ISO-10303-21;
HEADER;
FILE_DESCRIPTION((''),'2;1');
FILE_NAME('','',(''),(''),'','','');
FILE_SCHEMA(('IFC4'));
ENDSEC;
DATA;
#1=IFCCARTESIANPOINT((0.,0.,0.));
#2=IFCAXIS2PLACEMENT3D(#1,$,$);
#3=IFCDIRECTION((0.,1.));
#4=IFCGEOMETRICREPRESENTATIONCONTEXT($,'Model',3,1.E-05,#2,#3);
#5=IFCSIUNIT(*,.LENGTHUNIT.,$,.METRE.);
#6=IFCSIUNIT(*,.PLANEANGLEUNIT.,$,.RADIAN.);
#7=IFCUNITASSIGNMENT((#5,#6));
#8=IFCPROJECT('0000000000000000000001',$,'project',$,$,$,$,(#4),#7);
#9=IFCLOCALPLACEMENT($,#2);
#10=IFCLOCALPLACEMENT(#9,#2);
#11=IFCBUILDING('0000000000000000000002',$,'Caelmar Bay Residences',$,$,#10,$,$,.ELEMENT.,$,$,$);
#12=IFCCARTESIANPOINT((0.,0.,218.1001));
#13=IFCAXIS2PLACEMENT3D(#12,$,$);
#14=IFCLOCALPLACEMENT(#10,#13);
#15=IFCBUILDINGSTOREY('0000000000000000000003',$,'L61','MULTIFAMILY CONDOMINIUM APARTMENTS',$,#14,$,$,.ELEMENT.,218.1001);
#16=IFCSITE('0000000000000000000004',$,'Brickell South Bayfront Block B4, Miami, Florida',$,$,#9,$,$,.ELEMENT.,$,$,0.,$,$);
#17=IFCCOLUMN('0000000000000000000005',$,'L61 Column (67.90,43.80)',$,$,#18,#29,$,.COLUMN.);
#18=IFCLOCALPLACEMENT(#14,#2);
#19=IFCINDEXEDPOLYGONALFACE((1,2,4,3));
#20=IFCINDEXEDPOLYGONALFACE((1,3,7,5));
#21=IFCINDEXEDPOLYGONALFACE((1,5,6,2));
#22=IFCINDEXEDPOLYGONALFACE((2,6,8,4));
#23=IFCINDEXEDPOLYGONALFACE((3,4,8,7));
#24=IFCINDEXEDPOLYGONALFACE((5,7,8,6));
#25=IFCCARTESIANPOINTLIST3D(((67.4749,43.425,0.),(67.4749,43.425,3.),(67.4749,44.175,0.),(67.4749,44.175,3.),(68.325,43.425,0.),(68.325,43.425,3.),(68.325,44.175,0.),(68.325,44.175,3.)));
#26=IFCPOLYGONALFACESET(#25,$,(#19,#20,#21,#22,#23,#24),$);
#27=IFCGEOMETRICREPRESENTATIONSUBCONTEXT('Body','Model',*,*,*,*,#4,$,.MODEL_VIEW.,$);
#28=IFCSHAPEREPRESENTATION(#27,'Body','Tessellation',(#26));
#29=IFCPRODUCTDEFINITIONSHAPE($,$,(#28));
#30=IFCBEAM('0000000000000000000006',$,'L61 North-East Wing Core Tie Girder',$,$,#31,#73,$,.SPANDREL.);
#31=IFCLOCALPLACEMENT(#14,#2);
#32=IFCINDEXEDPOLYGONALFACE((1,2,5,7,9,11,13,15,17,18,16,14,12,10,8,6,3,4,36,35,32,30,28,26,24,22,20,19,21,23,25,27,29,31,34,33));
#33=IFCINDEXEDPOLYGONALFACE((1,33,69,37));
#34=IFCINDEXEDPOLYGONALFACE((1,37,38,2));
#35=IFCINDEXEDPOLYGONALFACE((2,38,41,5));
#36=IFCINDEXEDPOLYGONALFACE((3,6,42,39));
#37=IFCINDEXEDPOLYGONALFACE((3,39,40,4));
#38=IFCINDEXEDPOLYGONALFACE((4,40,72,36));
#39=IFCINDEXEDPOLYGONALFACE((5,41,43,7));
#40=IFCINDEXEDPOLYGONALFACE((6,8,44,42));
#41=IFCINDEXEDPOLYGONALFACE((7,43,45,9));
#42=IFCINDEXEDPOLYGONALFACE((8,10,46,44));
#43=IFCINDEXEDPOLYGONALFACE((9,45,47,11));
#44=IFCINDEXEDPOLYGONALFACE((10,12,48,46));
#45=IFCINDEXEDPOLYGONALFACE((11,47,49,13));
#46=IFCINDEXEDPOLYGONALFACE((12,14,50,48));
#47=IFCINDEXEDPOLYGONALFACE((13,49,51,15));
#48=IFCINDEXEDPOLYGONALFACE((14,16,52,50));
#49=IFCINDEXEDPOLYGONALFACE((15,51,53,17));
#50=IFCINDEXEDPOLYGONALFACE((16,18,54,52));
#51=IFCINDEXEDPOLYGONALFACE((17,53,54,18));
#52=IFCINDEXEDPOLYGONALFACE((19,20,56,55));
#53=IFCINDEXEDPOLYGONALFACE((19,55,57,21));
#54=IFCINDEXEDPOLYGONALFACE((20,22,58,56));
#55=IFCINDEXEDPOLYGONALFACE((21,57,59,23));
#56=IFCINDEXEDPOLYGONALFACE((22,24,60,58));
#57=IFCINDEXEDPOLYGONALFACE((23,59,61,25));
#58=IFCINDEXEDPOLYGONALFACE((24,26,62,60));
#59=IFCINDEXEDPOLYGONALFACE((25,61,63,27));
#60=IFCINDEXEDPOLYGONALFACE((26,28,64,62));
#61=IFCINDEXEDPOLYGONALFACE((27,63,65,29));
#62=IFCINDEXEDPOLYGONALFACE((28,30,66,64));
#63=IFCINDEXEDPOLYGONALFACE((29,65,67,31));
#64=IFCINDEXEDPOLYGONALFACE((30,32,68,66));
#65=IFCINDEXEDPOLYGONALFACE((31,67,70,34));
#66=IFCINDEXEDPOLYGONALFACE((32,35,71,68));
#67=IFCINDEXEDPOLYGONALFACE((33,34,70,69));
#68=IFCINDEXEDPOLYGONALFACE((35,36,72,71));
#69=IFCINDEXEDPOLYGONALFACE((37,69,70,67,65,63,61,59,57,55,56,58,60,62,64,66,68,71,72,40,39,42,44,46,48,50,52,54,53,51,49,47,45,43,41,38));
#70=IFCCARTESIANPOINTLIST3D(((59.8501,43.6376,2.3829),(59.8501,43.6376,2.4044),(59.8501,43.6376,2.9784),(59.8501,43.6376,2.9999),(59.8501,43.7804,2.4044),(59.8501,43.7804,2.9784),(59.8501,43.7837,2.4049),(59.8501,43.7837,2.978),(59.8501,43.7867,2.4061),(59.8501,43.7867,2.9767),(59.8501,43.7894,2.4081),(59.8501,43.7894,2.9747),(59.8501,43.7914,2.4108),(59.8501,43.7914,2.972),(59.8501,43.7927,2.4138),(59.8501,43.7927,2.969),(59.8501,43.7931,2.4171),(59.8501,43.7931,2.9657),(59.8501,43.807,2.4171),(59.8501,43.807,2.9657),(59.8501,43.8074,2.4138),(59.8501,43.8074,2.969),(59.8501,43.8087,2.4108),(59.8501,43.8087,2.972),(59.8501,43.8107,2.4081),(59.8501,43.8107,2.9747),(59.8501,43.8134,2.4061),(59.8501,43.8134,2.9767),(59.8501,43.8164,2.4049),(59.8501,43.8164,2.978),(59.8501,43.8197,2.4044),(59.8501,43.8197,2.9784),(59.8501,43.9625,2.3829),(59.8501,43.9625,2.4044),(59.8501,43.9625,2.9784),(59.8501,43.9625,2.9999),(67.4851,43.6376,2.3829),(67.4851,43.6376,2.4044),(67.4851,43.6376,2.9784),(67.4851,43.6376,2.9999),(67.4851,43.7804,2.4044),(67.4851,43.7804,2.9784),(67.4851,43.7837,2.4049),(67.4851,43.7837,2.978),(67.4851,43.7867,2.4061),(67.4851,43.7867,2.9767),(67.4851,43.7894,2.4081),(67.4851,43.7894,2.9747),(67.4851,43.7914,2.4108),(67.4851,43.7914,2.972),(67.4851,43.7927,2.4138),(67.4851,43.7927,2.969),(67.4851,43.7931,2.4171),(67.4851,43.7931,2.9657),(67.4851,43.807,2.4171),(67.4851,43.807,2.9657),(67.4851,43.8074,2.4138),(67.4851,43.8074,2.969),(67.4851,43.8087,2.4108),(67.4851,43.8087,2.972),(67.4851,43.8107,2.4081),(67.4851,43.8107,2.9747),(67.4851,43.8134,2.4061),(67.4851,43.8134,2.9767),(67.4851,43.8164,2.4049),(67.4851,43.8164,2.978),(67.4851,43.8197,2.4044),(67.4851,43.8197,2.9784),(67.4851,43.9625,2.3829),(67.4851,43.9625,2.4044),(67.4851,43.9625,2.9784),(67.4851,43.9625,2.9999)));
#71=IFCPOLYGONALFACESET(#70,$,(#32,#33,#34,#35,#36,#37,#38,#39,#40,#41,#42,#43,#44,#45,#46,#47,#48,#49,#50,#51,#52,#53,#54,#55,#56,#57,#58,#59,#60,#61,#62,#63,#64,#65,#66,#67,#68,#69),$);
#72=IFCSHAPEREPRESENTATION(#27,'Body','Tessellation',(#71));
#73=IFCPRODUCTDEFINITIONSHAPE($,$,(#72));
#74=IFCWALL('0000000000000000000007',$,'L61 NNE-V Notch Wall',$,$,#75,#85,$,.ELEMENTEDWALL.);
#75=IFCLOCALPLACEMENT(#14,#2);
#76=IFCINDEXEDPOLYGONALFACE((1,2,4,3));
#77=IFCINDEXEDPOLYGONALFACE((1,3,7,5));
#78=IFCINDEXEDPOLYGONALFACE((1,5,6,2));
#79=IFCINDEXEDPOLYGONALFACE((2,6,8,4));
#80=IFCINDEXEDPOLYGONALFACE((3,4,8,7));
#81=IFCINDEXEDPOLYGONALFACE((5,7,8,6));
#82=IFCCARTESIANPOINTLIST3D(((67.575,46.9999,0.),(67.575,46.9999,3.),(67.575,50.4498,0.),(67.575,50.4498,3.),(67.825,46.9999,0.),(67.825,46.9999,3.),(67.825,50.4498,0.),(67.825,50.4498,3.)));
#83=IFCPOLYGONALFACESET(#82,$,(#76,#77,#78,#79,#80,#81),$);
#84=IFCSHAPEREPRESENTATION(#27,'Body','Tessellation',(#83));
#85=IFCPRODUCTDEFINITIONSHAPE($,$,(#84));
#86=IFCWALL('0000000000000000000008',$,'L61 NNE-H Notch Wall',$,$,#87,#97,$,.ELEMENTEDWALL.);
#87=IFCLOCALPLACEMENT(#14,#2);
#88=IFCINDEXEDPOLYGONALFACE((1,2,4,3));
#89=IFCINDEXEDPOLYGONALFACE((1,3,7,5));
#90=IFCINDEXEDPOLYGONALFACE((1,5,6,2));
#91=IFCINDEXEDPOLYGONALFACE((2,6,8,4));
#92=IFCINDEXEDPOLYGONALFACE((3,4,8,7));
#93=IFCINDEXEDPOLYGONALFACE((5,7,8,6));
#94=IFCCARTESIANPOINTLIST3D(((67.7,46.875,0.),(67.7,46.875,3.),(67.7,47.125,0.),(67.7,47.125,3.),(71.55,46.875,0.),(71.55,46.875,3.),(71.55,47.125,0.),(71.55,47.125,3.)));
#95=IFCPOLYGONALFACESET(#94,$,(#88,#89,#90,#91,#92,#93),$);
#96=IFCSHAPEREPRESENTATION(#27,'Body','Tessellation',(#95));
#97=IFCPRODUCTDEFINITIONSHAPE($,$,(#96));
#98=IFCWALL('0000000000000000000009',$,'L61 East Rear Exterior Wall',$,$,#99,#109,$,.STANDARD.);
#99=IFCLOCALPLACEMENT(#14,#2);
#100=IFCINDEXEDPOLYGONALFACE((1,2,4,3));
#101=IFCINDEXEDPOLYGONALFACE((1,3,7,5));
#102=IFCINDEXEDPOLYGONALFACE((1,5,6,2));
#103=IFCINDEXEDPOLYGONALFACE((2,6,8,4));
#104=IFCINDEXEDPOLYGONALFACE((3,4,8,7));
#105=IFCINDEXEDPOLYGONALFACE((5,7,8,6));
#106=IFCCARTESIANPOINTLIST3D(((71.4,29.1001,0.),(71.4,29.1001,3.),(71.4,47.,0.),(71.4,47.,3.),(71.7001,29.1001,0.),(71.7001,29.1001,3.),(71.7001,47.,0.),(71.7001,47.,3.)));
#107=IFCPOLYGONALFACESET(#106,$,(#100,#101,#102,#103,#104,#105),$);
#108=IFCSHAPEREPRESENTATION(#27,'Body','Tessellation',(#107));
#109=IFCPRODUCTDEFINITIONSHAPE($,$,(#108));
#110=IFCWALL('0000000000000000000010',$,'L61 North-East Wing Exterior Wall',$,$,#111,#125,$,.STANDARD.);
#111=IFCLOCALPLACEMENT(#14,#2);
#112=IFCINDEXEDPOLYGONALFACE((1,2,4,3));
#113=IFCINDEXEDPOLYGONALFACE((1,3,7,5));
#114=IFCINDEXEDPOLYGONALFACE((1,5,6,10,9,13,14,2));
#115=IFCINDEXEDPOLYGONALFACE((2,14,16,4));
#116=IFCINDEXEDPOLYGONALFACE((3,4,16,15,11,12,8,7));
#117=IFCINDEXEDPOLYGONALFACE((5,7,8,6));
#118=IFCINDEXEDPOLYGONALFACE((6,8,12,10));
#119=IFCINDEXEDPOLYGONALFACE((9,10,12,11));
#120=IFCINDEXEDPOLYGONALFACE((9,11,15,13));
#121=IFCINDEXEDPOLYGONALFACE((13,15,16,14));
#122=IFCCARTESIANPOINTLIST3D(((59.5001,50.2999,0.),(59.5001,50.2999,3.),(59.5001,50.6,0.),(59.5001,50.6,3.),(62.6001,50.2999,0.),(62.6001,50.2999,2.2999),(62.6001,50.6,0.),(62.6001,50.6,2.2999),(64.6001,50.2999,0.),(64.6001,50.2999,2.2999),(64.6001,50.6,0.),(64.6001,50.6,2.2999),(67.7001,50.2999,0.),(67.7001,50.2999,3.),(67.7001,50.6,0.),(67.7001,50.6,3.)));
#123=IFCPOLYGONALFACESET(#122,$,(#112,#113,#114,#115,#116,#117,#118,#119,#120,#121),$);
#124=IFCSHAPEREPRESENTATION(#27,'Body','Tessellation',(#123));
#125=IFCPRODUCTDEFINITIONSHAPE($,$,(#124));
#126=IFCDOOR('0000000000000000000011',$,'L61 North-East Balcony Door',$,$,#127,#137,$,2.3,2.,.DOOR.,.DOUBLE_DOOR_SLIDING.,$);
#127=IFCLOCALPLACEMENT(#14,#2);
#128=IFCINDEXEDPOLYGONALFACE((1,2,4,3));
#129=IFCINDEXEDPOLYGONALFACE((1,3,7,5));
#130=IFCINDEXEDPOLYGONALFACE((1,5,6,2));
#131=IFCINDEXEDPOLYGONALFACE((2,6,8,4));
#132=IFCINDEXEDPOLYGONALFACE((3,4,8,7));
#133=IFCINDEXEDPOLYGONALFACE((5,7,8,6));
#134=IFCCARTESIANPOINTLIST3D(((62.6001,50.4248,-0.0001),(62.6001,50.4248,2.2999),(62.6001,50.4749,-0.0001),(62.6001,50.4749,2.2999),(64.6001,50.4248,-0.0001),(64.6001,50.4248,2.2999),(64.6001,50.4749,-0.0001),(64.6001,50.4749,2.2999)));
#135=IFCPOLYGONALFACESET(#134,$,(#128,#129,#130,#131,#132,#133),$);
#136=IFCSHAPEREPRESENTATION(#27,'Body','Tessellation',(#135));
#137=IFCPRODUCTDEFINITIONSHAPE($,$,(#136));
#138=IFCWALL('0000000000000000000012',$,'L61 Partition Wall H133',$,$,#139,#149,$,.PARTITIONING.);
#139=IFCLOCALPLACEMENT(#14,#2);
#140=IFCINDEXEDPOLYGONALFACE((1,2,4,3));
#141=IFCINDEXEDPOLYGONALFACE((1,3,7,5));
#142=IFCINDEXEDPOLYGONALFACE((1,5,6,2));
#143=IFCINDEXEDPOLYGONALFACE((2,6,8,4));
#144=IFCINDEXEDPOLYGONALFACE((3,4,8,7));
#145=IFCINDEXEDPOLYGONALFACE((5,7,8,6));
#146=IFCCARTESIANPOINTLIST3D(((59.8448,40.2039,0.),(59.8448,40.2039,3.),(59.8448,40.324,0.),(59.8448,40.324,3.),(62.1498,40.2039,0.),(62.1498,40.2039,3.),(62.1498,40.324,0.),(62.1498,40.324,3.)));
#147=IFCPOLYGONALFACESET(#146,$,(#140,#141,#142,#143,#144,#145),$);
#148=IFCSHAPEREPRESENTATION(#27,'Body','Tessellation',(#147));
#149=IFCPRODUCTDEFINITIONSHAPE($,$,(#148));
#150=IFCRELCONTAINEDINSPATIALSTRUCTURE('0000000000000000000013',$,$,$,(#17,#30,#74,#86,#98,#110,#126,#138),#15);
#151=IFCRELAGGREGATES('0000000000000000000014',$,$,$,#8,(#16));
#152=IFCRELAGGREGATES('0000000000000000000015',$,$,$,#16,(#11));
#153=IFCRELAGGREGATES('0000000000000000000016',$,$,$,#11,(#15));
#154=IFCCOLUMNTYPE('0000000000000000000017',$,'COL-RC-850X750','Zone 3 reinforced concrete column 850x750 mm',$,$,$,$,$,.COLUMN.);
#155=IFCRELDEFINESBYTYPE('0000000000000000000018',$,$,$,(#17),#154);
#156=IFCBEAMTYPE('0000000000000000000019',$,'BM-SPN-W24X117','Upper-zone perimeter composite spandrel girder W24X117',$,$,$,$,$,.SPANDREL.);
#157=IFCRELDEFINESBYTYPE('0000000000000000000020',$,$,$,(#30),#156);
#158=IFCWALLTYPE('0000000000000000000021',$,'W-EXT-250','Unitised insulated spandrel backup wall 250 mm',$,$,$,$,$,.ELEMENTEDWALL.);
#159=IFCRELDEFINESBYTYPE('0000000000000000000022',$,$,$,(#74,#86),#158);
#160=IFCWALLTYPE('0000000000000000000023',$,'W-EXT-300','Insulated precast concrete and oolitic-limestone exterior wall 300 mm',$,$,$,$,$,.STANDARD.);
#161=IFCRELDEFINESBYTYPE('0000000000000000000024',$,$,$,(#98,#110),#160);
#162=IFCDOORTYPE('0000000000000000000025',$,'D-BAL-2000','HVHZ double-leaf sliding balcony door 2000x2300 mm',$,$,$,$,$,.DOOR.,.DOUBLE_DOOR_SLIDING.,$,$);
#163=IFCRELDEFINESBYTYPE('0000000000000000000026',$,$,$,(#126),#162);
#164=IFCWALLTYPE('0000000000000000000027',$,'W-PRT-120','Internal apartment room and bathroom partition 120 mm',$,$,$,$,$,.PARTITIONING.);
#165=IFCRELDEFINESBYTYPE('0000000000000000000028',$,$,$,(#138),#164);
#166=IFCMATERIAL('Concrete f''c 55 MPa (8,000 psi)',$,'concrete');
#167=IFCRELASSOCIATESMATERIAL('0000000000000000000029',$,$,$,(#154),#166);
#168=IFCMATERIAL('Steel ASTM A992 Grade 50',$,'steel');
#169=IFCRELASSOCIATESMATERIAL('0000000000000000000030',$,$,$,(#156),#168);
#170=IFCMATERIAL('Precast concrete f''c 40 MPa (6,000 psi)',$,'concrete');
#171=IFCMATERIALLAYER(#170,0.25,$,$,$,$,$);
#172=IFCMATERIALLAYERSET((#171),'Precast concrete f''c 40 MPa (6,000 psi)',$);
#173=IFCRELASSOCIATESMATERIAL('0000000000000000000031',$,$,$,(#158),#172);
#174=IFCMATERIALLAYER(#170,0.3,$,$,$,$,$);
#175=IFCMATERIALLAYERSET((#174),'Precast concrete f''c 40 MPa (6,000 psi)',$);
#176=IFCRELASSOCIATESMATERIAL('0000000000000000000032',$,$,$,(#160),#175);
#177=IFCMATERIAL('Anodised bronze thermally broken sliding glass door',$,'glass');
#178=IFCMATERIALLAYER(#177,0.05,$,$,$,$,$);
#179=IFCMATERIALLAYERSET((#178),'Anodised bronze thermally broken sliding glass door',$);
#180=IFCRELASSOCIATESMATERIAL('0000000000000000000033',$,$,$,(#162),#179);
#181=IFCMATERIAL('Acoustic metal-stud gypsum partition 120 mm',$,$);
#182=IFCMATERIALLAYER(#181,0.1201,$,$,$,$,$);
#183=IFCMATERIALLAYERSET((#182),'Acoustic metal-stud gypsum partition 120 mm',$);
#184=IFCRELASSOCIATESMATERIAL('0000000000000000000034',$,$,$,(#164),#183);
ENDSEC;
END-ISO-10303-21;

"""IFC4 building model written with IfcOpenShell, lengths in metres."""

from ifc_helpers import new_model, si_unit, direction, frame, frame_2d, origin, origin_2d, place, context, subcontext, project, spatial, rectangle, i_section, extrude, material, layer, layer_set, material_profile, profile_set, type_object, element, fill, save


model = new_model("IFC4")

# Units and contexts
model_context = context("Model", 3, precision=1e-05, world=origin(), true_north=direction((0.0, 1.0)))
body_context = subcontext(model_context, "Body", "Model", "MODEL_VIEW")
ifc_project = project(units=[si_unit("LENGTHUNIT", "METRE"), si_unit("PLANEANGLEUNIT", "RADIAN")], contexts=[model_context])

# Site, building, storey
site_placement = place(None, origin())
site = spatial("IfcSite", under=ifc_project, at=site_placement, Name="Brickell South Bayfront Block B4, Miami, Florida", CompositionType="ELEMENT", RefElevation=0.0)
building_placement = place(site_placement, origin())
building = spatial("IfcBuilding", under=site, at=building_placement, Name="Caelmar Bay Residences", CompositionType="ELEMENT")
storey_placement = place(building_placement, frame((0.0, 0.0, 218.1001)))
storey = spatial("IfcBuildingStorey", under=building, at=storey_placement, Name="L61", Description="MULTIFAMILY CONDOMINIUM APARTMENTS", CompositionType="ELEMENT", Elevation=218.1001)

# Column
ifc_material_1 = material(Name="Concrete f'c 55 MPa (8,000 psi)", Category="concrete")
ifc_material_profile_1 = material_profile(ifc_material_1, rectangle(XDim=0.8501, YDim=0.75, at=origin_2d()), Name="RC-COL-850X750")
ifc_profile_set_1 = profile_set([ifc_material_profile_1], Name="Concrete f'c 55 MPa (8,000 psi)")
column_type = type_object("IfcColumnType", Name="COL-RC-850X750", Description="Zone 3 reinforced concrete column 850x750 mm", PredefinedType="COLUMN", material=ifc_profile_set_1)
column_placement = place(storey_placement, frame((67.8999, 43.8, 0.0), z_axis=(0.0, 0.0, 1.0), x_axis=(1.0, 0.0, 0.0)))
element("IfcColumn", 1, at=column_placement, inside=storey, type_object=column_type, Name="L61 Column (67.90,43.80)", PredefinedType="COLUMN", context=body_context, shape_type="SweptSolid", body=[
    extrude(rectangle(XDim=0.8501, YDim=0.75, at=origin_2d()), origin(), (0.0, 0.0, 1.0), 3.0),
])

# Beam
ifc_material_2 = material(Name="Steel ASTM A992 Grade 50", Category="steel")
ifc_material_profile_2 = material_profile(ifc_material_2, i_section(OverallWidth=0.325, OverallDepth=0.6169, WebThickness=0.0139, FlangeThickness=0.0215, FilletRadius=0.0127, at=origin_2d()), Name="W24X117")
ifc_profile_set_2 = profile_set([ifc_material_profile_2], Name="Steel ASTM A992 Grade 50")
beam_type = type_object("IfcBeamType", Name="BM-SPN-W24X117", Description="Upper-zone perimeter composite spandrel girder W24X117", PredefinedType="SPANDREL", material=ifc_profile_set_2)
beam_placement = place(storey_placement, frame((59.8501, 43.8, 2.6914), z_axis=(1.0, 0.0, 0.0), x_axis=(0.0, 1.0, 0.0)))
element("IfcBeam", 2, at=beam_placement, inside=storey, type_object=beam_type, Name="L61 North-East Wing Core Tie Girder", PredefinedType="SPANDREL", context=body_context, shape_type="SweptSolid", body=[
    extrude(i_section(OverallWidth=0.325, OverallDepth=0.6169, WebThickness=0.0139, FlangeThickness=0.0215, FilletRadius=0.0127, at=origin_2d()), origin(), (0.0, 0.0, 1.0), 7.635),
])

# Walls
ifc_material_3 = material(Name="Precast concrete f'c 40 MPa (6,000 psi)", Category="concrete")
ifc_layer_1 = layer(ifc_material_3, 0.25)
ifc_layer_set_1 = layer_set([ifc_layer_1], Name="Precast concrete f'c 40 MPa (6,000 psi)")
wall_type_1 = type_object("IfcWallType", Name="W-EXT-250", Description="Unitised insulated spandrel backup wall 250 mm", PredefinedType="ELEMENTEDWALL", material=ifc_layer_set_1)
wall_1_placement = place(storey_placement, frame((67.7, 50.45, 0.0), z_axis=(0.0, 0.0, 1.0), x_axis=(0.0, -1.0, 0.0)))
element("IfcWall", 3, at=wall_1_placement, inside=storey, type_object=wall_type_1, Name="L61 NNE-V Notch Wall", PredefinedType="ELEMENTEDWALL", context=body_context, shape_type="SweptSolid", body=[
    extrude(rectangle(XDim=3.45, YDim=0.25, at=frame_2d((1.7251, 0.0))), origin(), (0.0, 0.0, 1.0), 3.0),
])
wall_2_placement = place(storey_placement, frame((67.7, 47.0, 0.0), z_axis=(0.0, 0.0, 1.0), x_axis=(1.0, 0.0, 0.0)))
element("IfcWall", 4, at=wall_2_placement, inside=storey, type_object=wall_type_1, Name="L61 NNE-H Notch Wall", PredefinedType="ELEMENTEDWALL", context=body_context, shape_type="SweptSolid", body=[
    extrude(rectangle(XDim=3.8501, YDim=0.25, at=frame_2d((1.925, 0.0))), origin(), (0.0, 0.0, 1.0), 3.0),
])
ifc_layer_2 = layer(ifc_material_3, 0.3)
ifc_layer_set_2 = layer_set([ifc_layer_2], Name="Precast concrete f'c 40 MPa (6,000 psi)")
wall_type_2 = type_object("IfcWallType", Name="W-EXT-300", Description="Insulated precast concrete and oolitic-limestone exterior wall 300 mm", PredefinedType="STANDARD", material=ifc_layer_set_2)
wall_3_placement = place(storey_placement, frame((71.55, 47.0, 0.0), z_axis=(0.0, 0.0, 1.0), x_axis=(0.0, -1.0, 0.0)))
element("IfcWall", 5, at=wall_3_placement, inside=storey, type_object=wall_type_2, Name="L61 East Rear Exterior Wall", PredefinedType="STANDARD", context=body_context, shape_type="SweptSolid", body=[
    extrude(rectangle(XDim=17.8999, YDim=0.3, at=frame_2d((8.95, 0.0))), origin(), (0.0, 0.0, 1.0), 3.0),
])

# Wall, opening, door
wall_4_placement = place(storey_placement, frame((59.5, 50.45, 0.0), z_axis=(0.0, 0.0, 1.0), x_axis=(1.0, 0.0, 0.0)))
wall_4 = element("IfcWall", 6, at=wall_4_placement, inside=storey, type_object=wall_type_2, Name="L61 North-East Wing Exterior Wall", PredefinedType="STANDARD", context=body_context, shape_type="SweptSolid", body=[
    extrude(rectangle(XDim=8.2, YDim=0.3, at=frame_2d((4.1001, 0.0))), origin(), (0.0, 0.0, 1.0), 3.0),
])
opening_1_placement = place(wall_4_placement, frame((3.1001, 0.0, 0.0)))
opening_1 = element("IfcOpeningElement", 7, at=opening_1_placement, cuts=wall_4, PredefinedType="OPENING", context=body_context, shape_type="SweptSolid", body=[
    extrude(rectangle(XDim=2.0, YDim=2.3, at=frame_2d((1.0, 1.1499))), frame((0.0, 0.1599, 0.0), z_axis=(0.0, -1.0, 0.0), x_axis=(1.0, 0.0, 0.0)), (0.0, 0.0, 1.0), 0.3201),
])
ifc_material_4 = material(Name="Anodised bronze thermally broken sliding glass door", Category="glass")
ifc_layer_3 = layer(ifc_material_4, 0.05)
ifc_layer_set_3 = layer_set([ifc_layer_3], Name="Anodised bronze thermally broken sliding glass door")
door_type_1 = type_object("IfcDoorType", Name="D-BAL-2000", Description="HVHZ double-leaf sliding balcony door 2000x2300 mm", OperationType="DOUBLE_DOOR_SLIDING", PredefinedType="DOOR", material=ifc_layer_set_3)
door_1_placement = place(opening_1_placement, origin())
door_1 = element("IfcDoor", 8, at=door_1_placement, inside=storey, type_object=door_type_1, Name="L61 North-East Balcony Door", OperationType="DOUBLE_DOOR_SLIDING", OverallHeight=2.3, OverallWidth=2.0, PredefinedType="DOOR", context=body_context, shape_type="SweptSolid", body=[
    extrude(rectangle(XDim=2.0, YDim=2.3, at=frame_2d((1.0, 1.1499))), frame((0.0, 0.0249, 0.0), z_axis=(0.0, -1.0, 0.0), x_axis=(1.0, 0.0, 0.0)), (0.0, 0.0, 1.0), 0.05),
])
fill(opening_1, door_1)
ifc_material_5 = material(Name="Acoustic metal-stud gypsum partition 120 mm")
ifc_layer_4 = layer(ifc_material_5, 0.1201)
ifc_layer_set_4 = layer_set([ifc_layer_4], Name="Acoustic metal-stud gypsum partition 120 mm")
wall_type_3 = type_object("IfcWallType", Name="W-PRT-120", Description="Internal apartment room and bathroom partition 120 mm", PredefinedType="PARTITIONING", material=ifc_layer_set_4)

# Wall
wall_5_placement = place(storey_placement, frame((59.845, 40.2639, 0.0), z_axis=(0.0, 0.0, 1.0), x_axis=(1.0, 0.0, 0.0)))
element("IfcWall", 9, at=wall_5_placement, inside=storey, type_object=wall_type_3, Name="L61 Partition Wall H133", PredefinedType="PARTITIONING", context=body_context, shape_type="SweptSolid", body=[
    extrude(rectangle(XDim=2.3049, YDim=0.1201, at=frame_2d((1.1523, 0.0))), origin(), (0.0, 0.0, 1.0), 3.0),
])

save(model, "model.ifc")
